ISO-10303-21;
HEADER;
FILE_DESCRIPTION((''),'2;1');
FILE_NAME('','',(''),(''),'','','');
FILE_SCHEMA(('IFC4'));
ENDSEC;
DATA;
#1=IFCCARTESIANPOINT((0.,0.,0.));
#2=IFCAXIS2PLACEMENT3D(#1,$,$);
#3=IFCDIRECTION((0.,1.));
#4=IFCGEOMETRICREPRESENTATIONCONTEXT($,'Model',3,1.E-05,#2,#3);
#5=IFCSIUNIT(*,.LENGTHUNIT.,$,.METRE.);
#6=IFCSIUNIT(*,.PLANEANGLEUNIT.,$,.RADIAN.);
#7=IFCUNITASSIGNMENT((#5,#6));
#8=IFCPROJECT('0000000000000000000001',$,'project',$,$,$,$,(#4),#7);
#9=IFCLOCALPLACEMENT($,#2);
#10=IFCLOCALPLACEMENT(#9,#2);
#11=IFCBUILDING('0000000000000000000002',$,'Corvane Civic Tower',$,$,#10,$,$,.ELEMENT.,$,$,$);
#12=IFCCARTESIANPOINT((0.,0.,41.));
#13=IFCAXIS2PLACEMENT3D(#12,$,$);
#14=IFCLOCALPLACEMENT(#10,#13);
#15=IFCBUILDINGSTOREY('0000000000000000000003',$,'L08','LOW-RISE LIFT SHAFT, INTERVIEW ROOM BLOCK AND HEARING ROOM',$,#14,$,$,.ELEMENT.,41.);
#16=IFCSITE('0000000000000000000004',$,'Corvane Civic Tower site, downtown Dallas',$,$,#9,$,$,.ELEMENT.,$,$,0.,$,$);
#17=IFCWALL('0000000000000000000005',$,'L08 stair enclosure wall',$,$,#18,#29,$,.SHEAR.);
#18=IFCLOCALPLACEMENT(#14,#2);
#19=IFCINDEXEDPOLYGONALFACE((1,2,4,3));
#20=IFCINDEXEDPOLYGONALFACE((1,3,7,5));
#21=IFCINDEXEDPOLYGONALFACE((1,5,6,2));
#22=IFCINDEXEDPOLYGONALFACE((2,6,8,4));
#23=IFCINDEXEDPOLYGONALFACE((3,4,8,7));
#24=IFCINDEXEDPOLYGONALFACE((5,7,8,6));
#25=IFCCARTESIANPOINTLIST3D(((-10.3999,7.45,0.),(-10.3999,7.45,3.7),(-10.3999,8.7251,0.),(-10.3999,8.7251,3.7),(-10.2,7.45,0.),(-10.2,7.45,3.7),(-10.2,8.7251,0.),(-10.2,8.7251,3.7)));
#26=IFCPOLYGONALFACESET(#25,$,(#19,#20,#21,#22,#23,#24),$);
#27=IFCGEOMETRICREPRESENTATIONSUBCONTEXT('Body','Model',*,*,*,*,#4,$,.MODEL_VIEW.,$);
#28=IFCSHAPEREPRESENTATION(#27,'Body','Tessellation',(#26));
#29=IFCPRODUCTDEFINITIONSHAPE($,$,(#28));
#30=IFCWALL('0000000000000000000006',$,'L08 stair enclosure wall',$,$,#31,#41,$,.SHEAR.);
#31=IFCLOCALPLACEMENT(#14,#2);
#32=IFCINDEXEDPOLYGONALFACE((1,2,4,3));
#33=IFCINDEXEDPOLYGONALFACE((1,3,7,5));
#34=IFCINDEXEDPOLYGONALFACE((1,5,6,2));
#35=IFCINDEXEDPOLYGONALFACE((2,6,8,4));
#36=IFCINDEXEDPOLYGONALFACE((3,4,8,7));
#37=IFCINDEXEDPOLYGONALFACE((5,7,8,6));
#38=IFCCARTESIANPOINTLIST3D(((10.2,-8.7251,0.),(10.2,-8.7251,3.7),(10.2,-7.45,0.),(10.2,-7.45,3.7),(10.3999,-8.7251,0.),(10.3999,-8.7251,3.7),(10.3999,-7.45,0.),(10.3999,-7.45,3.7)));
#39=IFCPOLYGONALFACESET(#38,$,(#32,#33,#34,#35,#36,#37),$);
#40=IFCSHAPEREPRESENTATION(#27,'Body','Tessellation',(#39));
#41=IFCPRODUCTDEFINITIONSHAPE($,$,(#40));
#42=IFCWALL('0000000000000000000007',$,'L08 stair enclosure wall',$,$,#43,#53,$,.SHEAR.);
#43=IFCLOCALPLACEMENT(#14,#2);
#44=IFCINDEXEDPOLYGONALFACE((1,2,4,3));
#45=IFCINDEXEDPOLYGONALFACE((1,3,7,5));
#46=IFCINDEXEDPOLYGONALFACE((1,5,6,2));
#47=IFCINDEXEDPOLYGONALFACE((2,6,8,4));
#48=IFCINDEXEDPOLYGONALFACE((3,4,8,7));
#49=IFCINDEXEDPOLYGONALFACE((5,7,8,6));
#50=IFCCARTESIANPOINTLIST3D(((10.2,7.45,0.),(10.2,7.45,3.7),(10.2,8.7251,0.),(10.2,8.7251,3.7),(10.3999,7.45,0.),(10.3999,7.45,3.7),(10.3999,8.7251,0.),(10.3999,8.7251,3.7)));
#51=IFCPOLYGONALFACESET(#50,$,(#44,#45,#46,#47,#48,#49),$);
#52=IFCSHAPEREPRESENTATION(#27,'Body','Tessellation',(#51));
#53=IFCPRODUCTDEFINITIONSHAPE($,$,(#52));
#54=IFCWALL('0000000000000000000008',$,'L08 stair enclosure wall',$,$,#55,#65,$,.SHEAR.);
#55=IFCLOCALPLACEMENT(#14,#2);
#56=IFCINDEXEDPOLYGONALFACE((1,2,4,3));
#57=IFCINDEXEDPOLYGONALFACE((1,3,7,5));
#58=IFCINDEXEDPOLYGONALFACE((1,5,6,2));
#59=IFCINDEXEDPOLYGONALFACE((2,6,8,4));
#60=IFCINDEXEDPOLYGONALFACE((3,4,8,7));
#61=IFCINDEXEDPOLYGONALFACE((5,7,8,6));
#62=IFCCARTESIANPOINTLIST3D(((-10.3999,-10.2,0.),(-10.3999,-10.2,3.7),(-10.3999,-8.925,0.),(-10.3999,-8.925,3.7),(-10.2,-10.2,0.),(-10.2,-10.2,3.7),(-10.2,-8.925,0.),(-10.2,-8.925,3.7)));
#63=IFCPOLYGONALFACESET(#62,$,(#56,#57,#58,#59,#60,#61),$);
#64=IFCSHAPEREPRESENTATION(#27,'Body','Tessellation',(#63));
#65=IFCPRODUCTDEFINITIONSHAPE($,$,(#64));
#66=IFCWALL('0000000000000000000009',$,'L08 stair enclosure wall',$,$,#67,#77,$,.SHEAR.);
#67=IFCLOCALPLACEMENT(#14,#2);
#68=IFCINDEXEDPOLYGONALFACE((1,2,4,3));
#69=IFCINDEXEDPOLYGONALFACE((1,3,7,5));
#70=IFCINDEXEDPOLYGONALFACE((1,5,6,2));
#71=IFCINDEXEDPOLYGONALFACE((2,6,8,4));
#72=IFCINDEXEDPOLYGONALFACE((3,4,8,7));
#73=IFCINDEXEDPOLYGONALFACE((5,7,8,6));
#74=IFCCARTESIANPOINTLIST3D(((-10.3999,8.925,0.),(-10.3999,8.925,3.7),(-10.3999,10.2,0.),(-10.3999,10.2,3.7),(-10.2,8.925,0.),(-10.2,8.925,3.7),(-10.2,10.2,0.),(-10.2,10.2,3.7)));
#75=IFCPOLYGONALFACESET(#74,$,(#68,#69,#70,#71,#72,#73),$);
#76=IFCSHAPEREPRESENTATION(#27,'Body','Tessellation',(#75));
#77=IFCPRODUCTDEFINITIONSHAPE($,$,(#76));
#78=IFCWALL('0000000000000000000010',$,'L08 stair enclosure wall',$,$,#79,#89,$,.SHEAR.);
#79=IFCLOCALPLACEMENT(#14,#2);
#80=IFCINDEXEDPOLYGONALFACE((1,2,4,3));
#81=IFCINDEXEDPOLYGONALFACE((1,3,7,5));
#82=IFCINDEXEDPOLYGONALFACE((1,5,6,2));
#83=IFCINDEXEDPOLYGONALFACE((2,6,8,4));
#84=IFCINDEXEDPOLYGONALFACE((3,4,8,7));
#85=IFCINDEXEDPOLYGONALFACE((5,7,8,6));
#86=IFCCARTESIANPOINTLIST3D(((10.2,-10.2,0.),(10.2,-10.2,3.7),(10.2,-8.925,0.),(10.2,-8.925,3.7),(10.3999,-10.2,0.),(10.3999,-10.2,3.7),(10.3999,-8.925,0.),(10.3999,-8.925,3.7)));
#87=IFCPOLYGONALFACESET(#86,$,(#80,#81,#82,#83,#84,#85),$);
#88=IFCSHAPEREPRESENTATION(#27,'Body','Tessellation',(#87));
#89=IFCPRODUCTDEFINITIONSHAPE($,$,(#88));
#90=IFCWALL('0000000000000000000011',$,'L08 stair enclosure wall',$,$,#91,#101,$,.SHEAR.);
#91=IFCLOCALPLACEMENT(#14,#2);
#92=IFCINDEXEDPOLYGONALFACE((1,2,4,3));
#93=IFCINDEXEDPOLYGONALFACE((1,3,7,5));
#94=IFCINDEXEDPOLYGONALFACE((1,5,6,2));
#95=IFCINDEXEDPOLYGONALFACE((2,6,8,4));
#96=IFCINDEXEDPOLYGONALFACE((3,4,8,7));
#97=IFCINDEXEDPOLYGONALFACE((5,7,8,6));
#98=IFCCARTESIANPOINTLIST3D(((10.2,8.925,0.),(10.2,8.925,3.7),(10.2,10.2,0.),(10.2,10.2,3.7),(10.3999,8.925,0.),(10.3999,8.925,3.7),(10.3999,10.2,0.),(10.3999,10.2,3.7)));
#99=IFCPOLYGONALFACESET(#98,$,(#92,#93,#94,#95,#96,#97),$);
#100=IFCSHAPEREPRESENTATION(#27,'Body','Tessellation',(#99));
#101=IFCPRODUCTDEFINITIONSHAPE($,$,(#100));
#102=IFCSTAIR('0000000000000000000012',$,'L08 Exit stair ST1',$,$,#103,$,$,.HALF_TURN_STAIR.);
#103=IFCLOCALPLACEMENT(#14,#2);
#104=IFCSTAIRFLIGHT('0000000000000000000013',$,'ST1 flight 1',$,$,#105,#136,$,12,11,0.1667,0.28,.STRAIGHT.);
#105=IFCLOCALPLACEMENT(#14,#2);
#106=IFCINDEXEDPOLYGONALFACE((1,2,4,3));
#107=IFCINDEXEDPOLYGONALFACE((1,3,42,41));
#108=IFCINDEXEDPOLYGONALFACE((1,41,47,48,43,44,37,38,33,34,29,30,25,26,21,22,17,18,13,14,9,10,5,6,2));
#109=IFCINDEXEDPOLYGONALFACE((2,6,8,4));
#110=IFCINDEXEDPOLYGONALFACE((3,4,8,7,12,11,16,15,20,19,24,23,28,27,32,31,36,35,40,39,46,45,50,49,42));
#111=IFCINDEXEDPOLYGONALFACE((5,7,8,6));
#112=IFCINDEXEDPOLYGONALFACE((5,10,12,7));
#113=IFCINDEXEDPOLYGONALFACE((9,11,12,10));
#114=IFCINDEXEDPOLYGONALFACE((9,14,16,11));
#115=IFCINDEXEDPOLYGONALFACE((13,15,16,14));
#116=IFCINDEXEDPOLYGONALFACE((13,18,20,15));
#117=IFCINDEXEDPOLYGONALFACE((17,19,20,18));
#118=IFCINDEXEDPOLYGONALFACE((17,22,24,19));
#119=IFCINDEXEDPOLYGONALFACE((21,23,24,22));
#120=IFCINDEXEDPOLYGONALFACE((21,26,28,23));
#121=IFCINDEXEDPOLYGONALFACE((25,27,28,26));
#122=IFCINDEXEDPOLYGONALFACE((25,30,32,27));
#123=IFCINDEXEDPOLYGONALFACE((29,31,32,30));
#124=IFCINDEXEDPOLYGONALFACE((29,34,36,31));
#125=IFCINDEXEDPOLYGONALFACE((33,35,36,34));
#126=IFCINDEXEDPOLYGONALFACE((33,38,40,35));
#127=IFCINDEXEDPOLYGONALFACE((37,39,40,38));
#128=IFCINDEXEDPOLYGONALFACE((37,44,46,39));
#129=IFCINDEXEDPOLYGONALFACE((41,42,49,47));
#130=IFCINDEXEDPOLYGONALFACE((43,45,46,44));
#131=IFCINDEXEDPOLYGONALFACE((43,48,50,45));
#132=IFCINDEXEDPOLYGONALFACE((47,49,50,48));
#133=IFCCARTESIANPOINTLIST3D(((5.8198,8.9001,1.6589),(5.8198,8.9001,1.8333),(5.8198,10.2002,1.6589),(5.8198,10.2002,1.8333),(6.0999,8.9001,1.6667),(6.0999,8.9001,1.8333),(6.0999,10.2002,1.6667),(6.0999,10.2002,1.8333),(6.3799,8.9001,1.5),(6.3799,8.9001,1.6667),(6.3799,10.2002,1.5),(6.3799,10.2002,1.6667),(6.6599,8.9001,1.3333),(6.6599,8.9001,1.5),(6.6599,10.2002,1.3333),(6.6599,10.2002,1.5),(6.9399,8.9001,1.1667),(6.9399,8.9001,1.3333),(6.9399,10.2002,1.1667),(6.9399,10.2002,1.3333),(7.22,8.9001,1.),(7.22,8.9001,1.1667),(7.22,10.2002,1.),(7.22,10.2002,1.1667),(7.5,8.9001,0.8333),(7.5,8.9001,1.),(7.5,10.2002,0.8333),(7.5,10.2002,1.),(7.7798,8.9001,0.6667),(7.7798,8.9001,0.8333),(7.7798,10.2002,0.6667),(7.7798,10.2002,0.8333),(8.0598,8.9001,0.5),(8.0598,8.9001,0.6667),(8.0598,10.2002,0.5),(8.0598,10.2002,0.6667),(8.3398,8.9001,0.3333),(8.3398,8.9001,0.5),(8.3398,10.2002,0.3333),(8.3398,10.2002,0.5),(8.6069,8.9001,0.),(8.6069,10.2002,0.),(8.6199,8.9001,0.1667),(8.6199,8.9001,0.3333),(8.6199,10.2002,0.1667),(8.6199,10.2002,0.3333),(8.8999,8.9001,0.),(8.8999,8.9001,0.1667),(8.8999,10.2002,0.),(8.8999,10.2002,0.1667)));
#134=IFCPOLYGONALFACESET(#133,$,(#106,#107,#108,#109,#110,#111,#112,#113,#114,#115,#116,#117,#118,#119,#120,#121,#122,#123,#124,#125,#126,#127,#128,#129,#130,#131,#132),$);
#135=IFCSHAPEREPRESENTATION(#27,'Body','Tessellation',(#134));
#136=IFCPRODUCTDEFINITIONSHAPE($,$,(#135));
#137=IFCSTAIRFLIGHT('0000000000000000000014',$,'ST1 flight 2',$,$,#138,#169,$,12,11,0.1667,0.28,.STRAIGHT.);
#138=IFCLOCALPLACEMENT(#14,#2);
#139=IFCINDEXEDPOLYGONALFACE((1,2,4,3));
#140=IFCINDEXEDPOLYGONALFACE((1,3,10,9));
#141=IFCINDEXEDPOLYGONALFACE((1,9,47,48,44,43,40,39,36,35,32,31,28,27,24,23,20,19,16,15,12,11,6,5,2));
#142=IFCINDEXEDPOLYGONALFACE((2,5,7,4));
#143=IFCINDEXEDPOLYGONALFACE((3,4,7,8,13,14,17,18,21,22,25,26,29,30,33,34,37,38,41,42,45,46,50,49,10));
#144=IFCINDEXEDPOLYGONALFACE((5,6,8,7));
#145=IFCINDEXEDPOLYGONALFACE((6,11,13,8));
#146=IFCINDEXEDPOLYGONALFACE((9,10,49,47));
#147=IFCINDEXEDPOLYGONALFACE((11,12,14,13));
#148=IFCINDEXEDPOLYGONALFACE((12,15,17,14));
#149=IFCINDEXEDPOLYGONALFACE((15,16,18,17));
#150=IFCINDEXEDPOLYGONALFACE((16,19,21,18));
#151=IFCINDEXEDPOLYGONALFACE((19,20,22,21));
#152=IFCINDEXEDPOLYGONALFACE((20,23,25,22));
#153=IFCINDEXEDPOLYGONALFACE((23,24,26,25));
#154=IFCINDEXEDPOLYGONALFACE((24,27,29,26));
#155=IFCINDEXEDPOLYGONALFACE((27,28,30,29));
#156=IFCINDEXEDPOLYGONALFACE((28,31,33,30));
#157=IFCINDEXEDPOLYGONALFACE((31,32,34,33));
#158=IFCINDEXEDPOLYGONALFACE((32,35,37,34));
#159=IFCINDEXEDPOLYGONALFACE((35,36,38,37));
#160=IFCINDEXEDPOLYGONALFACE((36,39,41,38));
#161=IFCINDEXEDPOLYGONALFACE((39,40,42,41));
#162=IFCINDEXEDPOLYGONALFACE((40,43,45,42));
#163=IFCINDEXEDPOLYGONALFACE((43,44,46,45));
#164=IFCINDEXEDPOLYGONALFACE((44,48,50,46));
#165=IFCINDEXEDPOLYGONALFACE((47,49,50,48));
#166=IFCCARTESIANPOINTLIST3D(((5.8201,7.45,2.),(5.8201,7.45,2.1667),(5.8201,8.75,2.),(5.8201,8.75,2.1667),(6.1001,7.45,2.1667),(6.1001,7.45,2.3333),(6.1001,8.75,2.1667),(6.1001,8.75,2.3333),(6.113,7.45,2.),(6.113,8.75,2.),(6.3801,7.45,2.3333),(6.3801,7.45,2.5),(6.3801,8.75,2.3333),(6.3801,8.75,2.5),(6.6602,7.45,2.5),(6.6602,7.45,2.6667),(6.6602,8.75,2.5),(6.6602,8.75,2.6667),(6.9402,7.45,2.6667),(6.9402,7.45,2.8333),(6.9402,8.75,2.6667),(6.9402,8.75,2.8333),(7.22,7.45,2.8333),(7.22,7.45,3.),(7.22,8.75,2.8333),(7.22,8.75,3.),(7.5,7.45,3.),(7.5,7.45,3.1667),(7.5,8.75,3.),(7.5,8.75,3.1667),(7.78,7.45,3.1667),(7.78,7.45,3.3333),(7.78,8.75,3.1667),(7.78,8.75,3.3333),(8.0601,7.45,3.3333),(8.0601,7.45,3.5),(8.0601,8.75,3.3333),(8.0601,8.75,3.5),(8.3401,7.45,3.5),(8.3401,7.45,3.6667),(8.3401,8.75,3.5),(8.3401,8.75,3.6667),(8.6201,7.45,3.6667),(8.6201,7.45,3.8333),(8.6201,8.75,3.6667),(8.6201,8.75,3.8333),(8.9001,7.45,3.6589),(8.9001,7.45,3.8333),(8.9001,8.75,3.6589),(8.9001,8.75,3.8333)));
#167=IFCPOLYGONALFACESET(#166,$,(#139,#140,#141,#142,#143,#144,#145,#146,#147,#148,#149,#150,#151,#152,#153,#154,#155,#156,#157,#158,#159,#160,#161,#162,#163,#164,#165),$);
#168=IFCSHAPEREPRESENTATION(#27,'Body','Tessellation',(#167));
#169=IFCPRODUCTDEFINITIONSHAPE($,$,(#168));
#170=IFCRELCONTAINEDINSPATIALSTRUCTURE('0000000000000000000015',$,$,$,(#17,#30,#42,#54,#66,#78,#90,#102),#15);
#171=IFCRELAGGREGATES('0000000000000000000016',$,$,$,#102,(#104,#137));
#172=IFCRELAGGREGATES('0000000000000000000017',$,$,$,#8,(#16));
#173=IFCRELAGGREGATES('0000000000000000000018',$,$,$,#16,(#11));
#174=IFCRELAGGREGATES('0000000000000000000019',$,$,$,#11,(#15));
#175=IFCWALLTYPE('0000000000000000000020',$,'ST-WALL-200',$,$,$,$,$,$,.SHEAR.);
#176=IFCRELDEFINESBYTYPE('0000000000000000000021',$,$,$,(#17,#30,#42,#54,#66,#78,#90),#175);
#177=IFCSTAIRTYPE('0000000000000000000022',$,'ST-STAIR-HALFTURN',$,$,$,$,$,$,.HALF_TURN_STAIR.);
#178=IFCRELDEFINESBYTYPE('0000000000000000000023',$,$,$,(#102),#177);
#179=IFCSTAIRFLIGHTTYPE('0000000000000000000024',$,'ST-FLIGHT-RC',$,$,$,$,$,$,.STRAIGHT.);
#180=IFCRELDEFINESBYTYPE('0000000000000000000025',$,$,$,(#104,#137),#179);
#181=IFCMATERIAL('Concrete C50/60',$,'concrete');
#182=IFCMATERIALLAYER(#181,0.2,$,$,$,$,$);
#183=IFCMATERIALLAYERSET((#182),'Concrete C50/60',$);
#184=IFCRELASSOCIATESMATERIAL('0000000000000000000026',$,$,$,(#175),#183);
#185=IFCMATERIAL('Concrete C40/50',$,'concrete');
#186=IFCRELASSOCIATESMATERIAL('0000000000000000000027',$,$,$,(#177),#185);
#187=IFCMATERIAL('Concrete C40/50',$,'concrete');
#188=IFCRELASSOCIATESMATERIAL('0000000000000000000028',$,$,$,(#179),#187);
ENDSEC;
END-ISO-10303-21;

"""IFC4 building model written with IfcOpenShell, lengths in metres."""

from ifc_helpers import new_model, si_unit, direction, frame, origin, place, context, subcontext, project, spatial, polyline, outline, extrude, material, layer, layer_set, type_object, element, aggregate, save


model = new_model("IFC4")

# Units and contexts
model_context = context("Model", 3, precision=1e-05, world=origin(), true_north=direction((0.0, 1.0)))
body_context = subcontext(model_context, "Body", "Model", "MODEL_VIEW")
ifc_project = project(units=[si_unit("LENGTHUNIT", "METRE"), si_unit("PLANEANGLEUNIT", "RADIAN")], contexts=[model_context])

# Site, building, storey
site_placement = place(None, origin())
site = spatial("IfcSite", under=ifc_project, at=site_placement, Name="Corvane Civic Tower site, downtown Dallas", CompositionType="ELEMENT", RefElevation=0.0)
building_placement = place(site_placement, origin())
building = spatial("IfcBuilding", under=site, at=building_placement, Name="Corvane Civic Tower", CompositionType="ELEMENT")
storey_placement = place(building_placement, frame((0.0, 0.0, 41.0)))
storey = spatial("IfcBuildingStorey", under=building, at=storey_placement, Name="L08", Description="LOW-RISE LIFT SHAFT, INTERVIEW ROOM BLOCK AND HEARING ROOM", CompositionType="ELEMENT", Elevation=41.0)

# Shared definitions
ifc_material_1 = material(Name="Concrete C50/60", Category="concrete")
ifc_layer = layer(ifc_material_1, 0.2)
ifc_layer_set = layer_set([ifc_layer], Name="Concrete C50/60")
wall_type = type_object("IfcWallType", Name="ST-WALL-200", PredefinedType="SHEAR", material=ifc_layer_set)

# Walls
wall_1_placement = place(storey_placement, origin())
element("IfcWall", 1, at=wall_1_placement, inside=storey, type_object=wall_type, Name="L08 stair enclosure wall", PredefinedType="SHEAR", context=body_context, shape_type="SweptSolid", body=[
    extrude(outline(polyline([(-10.2, 8.7251), (-10.2, 7.45), (-10.3999, 7.45), (-10.3999, 8.7251), (-10.2, 8.7251)])), origin(), (0.0, 0.0, 1.0), 3.7),
])
wall_2_placement = place(storey_placement, origin())
element("IfcWall", 2, at=wall_2_placement, inside=storey, type_object=wall_type, Name="L08 stair enclosure wall", PredefinedType="SHEAR", context=body_context, shape_type="SweptSolid", body=[
    extrude(outline(polyline([(10.3999, -7.45), (10.3999, -8.7251), (10.2, -8.7251), (10.2, -7.45), (10.3999, -7.45)])), origin(), (0.0, 0.0, 1.0), 3.7),
])
wall_3_placement = place(storey_placement, origin())
element("IfcWall", 3, at=wall_3_placement, inside=storey, type_object=wall_type, Name="L08 stair enclosure wall", PredefinedType="SHEAR", context=body_context, shape_type="SweptSolid", body=[
    extrude(outline(polyline([(10.3999, 8.7251), (10.3999, 7.45), (10.2, 7.45), (10.2, 8.7251), (10.3999, 8.7251)])), origin(), (0.0, 0.0, 1.0), 3.7),
])
wall_4_placement = place(storey_placement, origin())
element("IfcWall", 4, at=wall_4_placement, inside=storey, type_object=wall_type, Name="L08 stair enclosure wall", PredefinedType="SHEAR", context=body_context, shape_type="SweptSolid", body=[
    extrude(outline(polyline([(-10.2, -8.925), (-10.2, -10.2), (-10.3999, -10.2), (-10.3999, -8.925), (-10.2, -8.925)])), origin(), (0.0, 0.0, 1.0), 3.7),
])
wall_5_placement = place(storey_placement, origin())
element("IfcWall", 5, at=wall_5_placement, inside=storey, type_object=wall_type, Name="L08 stair enclosure wall", PredefinedType="SHEAR", context=body_context, shape_type="SweptSolid", body=[
    extrude(outline(polyline([(-10.2, 8.925), (-10.3999, 8.925), (-10.3999, 10.2), (-10.2, 10.2), (-10.2, 8.925)])), origin(), (0.0, 0.0, 1.0), 3.7),
])
wall_6_placement = place(storey_placement, origin())
element("IfcWall", 6, at=wall_6_placement, inside=storey, type_object=wall_type, Name="L08 stair enclosure wall", PredefinedType="SHEAR", context=body_context, shape_type="SweptSolid", body=[
    extrude(outline(polyline([(10.3999, -8.925), (10.3999, -10.2), (10.2, -10.2), (10.2, -8.925), (10.3999, -8.925)])), origin(), (0.0, 0.0, 1.0), 3.7),
])
wall_7_placement = place(storey_placement, origin())
element("IfcWall", 7, at=wall_7_placement, inside=storey, type_object=wall_type, Name="L08 stair enclosure wall", PredefinedType="SHEAR", context=body_context, shape_type="SweptSolid", body=[
    extrude(outline(polyline([(10.3999, 8.925), (10.2, 8.925), (10.2, 10.2), (10.3999, 10.2), (10.3999, 8.925)])), origin(), (0.0, 0.0, 1.0), 3.7),
])

# Stair, stair flights
ifc_material_2 = material(Name="Concrete C40/50", Category="concrete")
stair_type = type_object("IfcStairType", Name="ST-STAIR-HALFTURN", PredefinedType="HALF_TURN_STAIR", material=ifc_material_2)
stair_placement = place(storey_placement, origin())
stair = element("IfcStair", 8, at=stair_placement, inside=storey, type_object=stair_type, Name="L08 Exit stair ST1", PredefinedType="HALF_TURN_STAIR")
ifc_material_3 = material(Name="Concrete C40/50", Category="concrete")
stair_flight_type = type_object("IfcStairFlightType", Name="ST-FLIGHT-RC", PredefinedType="STRAIGHT", material=ifc_material_3)
stair_flight_1_placement = place(storey_placement, frame((8.8999, 9.55, 0.0), z_axis=(0.0, 0.0, 1.0), x_axis=(-1.0, 0.0, 0.0)))
stair_flight_1 = element("IfcStairFlight", 9, at=stair_flight_1_placement, type_object=stair_flight_type, Name="ST1 flight 1", NumberOfRisers=12, NumberOfTreads=11, PredefinedType="STRAIGHT", RiserHeight=0.1667, TreadLength=0.28, context=body_context, shape_type="SweptSolid", body=[
    extrude(outline(polyline([(0.0, 0.0), (0.0, 0.1667), (0.28, 0.1667), (0.28, 0.3333), (0.5601, 0.3333), (0.5601, 0.5), (0.8401, 0.5), (0.8401, 0.6667), (1.1201, 0.6667), (1.1201, 0.8333), (1.3999, 0.8333), (1.3999, 1.0), (1.6799, 1.0), (1.6799, 1.1667), (1.96, 1.1667), (1.96, 1.3333), (2.24, 1.3333), (2.24, 1.5), (2.52, 1.5), (2.52, 1.6667), (2.8, 1.6667), (2.8, 1.8333), (3.0801, 1.8333), (3.0801, 2.0), (3.0801, 1.6589), (0.293, 0.0), (0.0, 0.0)])), frame((0.0, 0.6499, 0.0), z_axis=(0.0, -1.0, 0.0), x_axis=(1.0, 0.0, 0.0)), (0.0, 0.0, 1.0), 1.3),
])
stair_flight_2_placement = place(storey_placement, frame((5.8201, 8.1001, 2.0), z_axis=(0.0, 0.0, 1.0), x_axis=(1.0, 0.0, 0.0)))
stair_flight_2 = element("IfcStairFlight", 10, at=stair_flight_2_placement, type_object=stair_flight_type, Name="ST1 flight 2", NumberOfRisers=12, NumberOfTreads=11, PredefinedType="STRAIGHT", RiserHeight=0.1667, TreadLength=0.28, context=body_context, shape_type="SweptSolid", body=[
    extrude(outline(polyline([(0.0, 0.0), (0.0, 0.1667), (0.28, 0.1667), (0.28, 0.3333), (0.5601, 0.3333), (0.5601, 0.5), (0.8401, 0.5), (0.8401, 0.6667), (1.1201, 0.6667), (1.1201, 0.8333), (1.3999, 0.8333), (1.3999, 1.0), (1.6799, 1.0), (1.6799, 1.1667), (1.96, 1.1667), (1.96, 1.3333), (2.24, 1.3333), (2.24, 1.5), (2.52, 1.5), (2.52, 1.6667), (2.8, 1.6667), (2.8, 1.8333), (3.0801, 1.8333), (3.0801, 2.0), (3.0801, 1.6589), (0.293, 0.0), (0.0, 0.0)])), frame((0.0, 0.6499, 0.0), z_axis=(0.0, -1.0, 0.0), x_axis=(1.0, 0.0, 0.0)), (0.0, 0.0, 1.0), 1.3),
])
aggregate(stair, [stair_flight_1, stair_flight_2])

save(model, "model.ifc")
